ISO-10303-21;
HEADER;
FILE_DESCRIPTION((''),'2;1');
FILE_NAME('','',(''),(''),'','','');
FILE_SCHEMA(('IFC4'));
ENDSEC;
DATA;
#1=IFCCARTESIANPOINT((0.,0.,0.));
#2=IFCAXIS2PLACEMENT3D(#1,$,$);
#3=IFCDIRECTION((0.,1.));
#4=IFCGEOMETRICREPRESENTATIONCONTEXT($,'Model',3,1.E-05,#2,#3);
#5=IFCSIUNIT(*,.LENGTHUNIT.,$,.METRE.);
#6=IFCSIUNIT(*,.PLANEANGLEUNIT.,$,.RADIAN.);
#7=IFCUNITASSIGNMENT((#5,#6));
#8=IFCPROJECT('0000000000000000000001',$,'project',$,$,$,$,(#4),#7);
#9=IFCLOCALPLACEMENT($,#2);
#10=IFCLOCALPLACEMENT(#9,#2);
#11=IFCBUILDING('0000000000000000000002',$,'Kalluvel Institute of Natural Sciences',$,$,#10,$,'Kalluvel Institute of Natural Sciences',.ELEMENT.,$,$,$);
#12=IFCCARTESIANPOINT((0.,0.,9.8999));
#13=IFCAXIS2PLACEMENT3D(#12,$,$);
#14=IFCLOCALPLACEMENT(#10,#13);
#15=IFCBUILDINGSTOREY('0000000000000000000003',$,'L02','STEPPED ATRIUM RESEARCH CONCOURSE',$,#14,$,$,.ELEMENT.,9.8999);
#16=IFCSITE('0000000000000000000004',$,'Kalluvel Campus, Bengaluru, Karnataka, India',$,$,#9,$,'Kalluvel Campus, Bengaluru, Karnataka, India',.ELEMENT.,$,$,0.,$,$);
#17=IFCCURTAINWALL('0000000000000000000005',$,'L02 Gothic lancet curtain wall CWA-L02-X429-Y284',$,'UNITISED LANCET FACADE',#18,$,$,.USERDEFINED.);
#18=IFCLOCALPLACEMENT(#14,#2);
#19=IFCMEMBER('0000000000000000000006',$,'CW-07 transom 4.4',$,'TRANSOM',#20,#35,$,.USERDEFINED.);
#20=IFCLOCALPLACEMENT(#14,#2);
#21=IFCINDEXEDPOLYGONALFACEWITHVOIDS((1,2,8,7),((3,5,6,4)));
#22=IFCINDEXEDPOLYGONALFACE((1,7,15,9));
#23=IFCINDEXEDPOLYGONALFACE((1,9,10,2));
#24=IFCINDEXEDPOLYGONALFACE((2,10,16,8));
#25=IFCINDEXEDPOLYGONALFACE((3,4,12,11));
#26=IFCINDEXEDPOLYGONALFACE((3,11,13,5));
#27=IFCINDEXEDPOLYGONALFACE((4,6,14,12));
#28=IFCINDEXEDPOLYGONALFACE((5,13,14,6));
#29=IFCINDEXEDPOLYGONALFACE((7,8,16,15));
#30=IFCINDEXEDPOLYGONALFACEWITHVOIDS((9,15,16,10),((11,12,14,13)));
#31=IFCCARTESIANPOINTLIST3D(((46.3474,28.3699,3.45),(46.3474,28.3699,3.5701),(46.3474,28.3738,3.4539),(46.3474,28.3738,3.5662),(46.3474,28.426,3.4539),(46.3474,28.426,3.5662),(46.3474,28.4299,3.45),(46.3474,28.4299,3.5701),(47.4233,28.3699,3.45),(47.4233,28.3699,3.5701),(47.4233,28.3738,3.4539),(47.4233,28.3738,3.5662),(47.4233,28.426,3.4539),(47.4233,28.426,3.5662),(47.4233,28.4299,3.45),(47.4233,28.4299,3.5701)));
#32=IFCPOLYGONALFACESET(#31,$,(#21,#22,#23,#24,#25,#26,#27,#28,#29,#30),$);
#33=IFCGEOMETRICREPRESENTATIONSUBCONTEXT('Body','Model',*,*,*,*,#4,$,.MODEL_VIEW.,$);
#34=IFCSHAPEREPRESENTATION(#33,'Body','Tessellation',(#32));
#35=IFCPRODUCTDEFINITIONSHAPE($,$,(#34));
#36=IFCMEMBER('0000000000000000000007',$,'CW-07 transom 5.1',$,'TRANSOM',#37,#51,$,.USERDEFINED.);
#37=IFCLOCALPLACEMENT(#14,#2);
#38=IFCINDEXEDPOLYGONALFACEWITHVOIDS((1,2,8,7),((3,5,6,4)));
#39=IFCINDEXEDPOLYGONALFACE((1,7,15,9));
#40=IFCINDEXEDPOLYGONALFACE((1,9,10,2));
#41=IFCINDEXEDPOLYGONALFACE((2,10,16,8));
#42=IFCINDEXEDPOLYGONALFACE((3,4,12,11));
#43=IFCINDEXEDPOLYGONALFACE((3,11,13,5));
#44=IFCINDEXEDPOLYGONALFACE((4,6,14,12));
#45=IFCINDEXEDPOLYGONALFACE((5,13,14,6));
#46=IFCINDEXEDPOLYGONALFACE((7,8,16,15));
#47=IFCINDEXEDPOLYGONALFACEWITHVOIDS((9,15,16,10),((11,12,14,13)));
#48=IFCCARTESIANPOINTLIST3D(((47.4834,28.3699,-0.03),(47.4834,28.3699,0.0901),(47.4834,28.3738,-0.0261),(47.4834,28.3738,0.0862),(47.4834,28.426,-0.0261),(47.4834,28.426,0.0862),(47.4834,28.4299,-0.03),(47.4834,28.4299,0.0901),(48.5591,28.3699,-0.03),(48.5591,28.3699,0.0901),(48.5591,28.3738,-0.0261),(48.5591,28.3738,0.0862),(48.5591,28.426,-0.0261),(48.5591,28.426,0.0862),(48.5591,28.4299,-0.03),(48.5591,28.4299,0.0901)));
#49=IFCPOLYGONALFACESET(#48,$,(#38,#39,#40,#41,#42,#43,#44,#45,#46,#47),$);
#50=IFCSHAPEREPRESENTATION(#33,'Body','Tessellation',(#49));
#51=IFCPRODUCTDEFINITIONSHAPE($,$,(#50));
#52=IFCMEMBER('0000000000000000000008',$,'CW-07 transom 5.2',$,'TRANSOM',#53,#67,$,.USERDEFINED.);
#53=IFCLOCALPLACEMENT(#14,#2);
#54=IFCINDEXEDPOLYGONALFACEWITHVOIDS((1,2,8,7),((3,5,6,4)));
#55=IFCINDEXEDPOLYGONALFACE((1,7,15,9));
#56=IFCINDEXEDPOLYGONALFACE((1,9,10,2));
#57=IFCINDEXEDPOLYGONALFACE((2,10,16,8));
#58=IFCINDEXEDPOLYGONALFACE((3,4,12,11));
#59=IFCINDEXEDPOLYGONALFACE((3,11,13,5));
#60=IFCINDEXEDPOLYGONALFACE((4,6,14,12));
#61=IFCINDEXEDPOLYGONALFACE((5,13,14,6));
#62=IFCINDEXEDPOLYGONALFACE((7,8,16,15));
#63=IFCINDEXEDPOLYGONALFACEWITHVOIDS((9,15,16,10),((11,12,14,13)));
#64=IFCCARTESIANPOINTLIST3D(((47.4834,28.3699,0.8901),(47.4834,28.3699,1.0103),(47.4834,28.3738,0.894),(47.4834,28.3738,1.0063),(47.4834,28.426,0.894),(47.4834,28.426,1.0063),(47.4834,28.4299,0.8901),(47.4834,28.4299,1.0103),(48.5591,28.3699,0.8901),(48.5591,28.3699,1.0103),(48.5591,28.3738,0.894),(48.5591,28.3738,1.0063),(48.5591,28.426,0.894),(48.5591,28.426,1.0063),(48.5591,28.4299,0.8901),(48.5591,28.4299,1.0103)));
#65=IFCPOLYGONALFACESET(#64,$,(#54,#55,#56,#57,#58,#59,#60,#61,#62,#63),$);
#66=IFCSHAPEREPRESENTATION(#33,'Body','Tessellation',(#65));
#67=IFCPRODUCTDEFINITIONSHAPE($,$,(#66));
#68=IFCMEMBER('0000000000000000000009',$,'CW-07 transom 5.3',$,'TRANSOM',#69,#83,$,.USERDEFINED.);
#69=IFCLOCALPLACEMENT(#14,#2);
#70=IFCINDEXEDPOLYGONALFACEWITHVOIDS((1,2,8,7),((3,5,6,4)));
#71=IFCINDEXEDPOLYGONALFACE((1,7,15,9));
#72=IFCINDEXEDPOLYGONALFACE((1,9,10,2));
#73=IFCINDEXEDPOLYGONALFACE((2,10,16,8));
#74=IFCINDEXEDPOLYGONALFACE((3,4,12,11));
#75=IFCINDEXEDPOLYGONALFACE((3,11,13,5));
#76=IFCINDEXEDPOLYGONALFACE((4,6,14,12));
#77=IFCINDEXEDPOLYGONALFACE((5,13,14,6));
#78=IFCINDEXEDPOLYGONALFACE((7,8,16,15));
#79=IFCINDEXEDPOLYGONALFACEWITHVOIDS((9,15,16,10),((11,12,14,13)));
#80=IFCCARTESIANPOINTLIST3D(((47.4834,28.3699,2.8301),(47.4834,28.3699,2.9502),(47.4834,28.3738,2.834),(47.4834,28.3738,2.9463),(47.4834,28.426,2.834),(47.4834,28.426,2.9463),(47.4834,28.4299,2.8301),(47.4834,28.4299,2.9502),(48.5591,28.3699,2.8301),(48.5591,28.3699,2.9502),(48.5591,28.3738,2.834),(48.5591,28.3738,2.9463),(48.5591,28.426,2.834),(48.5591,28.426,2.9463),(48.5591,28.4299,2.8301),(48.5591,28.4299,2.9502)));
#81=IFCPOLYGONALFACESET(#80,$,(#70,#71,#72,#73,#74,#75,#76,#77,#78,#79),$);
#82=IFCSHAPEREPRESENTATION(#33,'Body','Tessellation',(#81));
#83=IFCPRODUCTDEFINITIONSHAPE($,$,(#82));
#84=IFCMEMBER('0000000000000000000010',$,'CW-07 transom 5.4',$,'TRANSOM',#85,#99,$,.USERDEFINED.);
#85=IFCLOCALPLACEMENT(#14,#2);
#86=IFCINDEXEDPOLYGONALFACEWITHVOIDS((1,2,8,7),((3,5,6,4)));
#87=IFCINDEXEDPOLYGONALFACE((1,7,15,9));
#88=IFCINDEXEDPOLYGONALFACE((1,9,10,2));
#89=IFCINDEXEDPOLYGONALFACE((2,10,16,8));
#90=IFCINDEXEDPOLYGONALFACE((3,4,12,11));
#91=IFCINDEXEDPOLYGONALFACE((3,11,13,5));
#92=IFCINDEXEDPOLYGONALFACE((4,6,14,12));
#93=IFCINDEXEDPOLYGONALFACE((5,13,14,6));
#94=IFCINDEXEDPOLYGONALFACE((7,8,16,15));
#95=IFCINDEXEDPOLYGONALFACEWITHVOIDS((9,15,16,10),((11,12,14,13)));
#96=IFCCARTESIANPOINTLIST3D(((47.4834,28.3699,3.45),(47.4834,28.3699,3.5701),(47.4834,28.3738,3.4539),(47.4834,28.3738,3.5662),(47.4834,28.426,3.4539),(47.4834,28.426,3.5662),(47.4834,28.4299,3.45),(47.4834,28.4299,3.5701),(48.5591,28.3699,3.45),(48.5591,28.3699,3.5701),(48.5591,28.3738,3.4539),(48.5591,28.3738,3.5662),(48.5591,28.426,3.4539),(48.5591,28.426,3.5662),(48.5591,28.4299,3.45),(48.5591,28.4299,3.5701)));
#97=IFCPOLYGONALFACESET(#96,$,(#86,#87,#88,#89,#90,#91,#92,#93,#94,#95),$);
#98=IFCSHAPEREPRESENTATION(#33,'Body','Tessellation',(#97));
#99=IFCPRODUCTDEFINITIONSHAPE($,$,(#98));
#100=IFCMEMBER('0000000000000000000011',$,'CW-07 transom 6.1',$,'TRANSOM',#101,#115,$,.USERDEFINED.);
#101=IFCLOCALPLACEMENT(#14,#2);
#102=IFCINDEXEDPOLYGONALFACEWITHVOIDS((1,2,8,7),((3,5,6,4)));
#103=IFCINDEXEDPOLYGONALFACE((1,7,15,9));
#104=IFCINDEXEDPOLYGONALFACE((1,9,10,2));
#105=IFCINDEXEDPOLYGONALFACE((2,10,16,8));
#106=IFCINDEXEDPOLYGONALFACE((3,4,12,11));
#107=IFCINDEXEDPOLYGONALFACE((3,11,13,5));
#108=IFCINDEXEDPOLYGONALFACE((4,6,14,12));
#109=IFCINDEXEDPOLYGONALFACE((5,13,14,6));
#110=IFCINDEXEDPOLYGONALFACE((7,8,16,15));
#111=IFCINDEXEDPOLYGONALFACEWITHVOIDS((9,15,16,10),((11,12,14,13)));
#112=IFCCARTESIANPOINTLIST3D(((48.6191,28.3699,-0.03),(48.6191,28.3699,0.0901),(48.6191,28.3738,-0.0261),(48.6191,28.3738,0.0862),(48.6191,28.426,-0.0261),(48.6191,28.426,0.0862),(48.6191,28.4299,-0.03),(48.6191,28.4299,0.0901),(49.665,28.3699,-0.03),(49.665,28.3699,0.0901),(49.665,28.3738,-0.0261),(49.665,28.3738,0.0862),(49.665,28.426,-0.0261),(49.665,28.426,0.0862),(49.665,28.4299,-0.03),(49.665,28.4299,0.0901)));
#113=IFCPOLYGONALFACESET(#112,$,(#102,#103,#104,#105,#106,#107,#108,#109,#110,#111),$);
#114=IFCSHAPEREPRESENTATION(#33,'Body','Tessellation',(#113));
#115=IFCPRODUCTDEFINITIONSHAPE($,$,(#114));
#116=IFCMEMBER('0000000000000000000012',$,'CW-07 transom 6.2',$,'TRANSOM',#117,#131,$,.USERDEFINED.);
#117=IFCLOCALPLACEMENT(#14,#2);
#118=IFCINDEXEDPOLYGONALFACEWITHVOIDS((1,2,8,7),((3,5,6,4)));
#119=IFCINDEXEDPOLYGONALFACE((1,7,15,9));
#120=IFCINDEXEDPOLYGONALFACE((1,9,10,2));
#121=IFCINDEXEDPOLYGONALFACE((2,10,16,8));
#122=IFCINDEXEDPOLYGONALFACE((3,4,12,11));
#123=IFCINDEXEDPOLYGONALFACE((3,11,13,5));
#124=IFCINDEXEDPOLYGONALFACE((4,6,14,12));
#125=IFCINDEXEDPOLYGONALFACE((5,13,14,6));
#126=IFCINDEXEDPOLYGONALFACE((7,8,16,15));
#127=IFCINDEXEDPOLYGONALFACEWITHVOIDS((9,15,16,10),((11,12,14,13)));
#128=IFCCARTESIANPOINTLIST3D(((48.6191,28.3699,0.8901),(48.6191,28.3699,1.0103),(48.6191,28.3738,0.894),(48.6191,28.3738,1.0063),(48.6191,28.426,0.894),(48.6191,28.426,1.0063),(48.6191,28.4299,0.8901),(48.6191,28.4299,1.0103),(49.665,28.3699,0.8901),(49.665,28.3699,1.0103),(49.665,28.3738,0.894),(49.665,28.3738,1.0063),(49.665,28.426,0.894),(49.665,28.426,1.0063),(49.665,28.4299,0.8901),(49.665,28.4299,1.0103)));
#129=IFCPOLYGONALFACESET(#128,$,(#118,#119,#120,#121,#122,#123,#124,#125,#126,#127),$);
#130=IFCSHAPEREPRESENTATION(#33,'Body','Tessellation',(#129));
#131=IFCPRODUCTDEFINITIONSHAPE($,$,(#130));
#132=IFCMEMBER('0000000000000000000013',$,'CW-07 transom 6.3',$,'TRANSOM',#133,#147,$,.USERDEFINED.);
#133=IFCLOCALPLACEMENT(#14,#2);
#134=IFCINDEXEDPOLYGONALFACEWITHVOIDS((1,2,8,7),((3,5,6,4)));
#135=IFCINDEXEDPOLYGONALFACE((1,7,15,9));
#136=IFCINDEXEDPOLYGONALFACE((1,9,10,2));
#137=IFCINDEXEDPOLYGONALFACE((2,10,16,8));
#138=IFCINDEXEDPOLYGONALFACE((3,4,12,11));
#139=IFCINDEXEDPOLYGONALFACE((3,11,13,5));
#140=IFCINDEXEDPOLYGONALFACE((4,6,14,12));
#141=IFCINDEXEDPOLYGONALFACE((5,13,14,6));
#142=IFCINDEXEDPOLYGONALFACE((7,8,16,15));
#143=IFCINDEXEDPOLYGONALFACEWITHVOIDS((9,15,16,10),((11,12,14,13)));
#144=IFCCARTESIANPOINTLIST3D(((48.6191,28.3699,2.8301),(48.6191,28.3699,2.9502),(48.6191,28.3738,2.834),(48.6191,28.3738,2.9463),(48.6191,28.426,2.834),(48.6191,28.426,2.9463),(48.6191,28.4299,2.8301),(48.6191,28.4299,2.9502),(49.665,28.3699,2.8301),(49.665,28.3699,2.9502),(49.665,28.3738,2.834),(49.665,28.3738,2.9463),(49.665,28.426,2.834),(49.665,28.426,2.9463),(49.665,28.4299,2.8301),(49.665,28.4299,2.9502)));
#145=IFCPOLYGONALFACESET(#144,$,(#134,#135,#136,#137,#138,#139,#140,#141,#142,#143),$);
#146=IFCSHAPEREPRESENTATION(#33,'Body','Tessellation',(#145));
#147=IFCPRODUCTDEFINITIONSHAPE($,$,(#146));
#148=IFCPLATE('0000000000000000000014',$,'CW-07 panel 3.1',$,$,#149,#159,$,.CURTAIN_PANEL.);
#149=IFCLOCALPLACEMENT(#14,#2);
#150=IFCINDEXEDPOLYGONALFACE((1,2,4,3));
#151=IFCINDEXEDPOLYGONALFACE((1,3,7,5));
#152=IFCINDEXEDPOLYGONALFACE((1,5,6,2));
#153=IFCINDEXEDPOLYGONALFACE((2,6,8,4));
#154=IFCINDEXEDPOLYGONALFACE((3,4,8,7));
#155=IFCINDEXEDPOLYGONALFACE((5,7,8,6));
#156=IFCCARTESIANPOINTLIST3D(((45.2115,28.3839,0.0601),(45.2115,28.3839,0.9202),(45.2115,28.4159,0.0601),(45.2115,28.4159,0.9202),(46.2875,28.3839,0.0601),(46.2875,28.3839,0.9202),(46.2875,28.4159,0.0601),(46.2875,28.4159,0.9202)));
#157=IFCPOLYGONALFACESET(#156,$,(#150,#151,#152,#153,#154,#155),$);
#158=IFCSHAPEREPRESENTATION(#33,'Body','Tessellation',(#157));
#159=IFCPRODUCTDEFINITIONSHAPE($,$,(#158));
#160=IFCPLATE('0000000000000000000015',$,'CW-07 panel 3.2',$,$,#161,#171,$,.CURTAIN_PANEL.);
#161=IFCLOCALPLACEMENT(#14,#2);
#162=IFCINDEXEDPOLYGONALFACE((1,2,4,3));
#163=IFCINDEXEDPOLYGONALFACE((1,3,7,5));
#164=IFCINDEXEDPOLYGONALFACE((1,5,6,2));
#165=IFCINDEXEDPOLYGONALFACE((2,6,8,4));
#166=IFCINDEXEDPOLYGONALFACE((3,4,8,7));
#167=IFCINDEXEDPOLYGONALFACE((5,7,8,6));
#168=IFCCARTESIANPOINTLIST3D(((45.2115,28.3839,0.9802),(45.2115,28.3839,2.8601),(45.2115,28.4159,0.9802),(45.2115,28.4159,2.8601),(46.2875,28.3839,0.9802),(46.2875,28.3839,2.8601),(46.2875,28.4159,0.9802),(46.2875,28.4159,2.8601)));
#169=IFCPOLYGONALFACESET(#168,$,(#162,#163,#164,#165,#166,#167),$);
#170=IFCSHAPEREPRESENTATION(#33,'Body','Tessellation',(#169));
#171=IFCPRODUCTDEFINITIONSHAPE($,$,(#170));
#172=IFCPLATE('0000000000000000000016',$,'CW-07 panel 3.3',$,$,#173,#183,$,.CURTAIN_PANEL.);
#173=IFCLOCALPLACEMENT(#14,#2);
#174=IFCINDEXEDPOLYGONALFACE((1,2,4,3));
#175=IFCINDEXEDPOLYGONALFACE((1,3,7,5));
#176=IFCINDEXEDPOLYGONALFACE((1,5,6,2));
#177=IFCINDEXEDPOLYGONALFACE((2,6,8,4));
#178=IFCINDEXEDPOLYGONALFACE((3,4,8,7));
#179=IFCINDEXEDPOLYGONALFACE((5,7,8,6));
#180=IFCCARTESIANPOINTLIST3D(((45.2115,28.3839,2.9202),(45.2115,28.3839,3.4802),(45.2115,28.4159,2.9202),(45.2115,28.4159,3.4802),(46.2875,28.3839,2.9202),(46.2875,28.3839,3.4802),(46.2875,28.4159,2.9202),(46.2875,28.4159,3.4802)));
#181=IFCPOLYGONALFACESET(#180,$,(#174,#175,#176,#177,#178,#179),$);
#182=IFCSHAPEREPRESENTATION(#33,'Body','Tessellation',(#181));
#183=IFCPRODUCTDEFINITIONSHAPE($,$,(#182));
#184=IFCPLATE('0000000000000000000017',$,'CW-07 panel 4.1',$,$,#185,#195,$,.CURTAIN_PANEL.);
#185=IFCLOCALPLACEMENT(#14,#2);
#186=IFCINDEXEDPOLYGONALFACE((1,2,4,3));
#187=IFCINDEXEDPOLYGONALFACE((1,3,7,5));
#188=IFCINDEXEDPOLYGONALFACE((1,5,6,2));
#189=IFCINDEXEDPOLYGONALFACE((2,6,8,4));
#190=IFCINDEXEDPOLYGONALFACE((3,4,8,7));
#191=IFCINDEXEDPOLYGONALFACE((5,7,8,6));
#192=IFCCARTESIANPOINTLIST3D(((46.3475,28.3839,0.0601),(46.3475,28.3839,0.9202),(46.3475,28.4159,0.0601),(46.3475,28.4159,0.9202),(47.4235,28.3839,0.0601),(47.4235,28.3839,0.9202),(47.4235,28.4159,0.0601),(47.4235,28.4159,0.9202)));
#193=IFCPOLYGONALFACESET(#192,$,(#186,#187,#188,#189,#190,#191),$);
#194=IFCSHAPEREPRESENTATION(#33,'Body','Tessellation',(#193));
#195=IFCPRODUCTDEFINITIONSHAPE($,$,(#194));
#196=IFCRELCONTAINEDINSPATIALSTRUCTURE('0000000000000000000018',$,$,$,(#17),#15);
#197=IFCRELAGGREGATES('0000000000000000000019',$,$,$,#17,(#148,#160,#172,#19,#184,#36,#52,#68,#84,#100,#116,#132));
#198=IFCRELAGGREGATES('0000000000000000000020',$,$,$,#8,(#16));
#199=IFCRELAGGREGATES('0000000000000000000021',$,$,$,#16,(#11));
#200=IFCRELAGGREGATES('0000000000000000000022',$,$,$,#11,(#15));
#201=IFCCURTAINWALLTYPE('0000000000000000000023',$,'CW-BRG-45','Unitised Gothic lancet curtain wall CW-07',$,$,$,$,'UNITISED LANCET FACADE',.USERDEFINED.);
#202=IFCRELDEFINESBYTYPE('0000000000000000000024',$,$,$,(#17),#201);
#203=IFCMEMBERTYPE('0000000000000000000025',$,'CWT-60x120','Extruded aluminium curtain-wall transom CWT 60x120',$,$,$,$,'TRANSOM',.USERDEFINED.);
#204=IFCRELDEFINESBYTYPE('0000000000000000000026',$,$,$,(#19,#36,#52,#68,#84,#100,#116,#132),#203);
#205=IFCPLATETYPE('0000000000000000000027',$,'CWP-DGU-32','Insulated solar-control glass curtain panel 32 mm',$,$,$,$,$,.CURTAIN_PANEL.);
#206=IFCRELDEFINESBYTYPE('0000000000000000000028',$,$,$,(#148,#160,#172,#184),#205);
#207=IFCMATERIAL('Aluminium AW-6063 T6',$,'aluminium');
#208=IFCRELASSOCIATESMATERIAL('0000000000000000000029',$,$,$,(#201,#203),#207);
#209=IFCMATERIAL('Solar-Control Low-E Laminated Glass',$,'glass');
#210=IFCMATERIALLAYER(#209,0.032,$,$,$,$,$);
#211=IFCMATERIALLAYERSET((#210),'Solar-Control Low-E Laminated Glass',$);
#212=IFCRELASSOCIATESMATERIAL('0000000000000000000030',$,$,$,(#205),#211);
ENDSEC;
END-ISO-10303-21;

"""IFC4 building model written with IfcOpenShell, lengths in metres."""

from ifc_helpers import new_model, si_unit, direction, frame, origin, origin_2d, place, context, subcontext, project, spatial, rectangle, hollow_rectangle, extrude, material, layer, layer_set, material_profile, profile_set, type_object, element, aggregate, save


model = new_model("IFC4")

# Units and contexts
model_context = context("Model", 3, precision=1e-05, world=origin(), true_north=direction((0.0, 1.0)))
body_context = subcontext(model_context, "Body", "Model", "MODEL_VIEW")
ifc_project = project(units=[si_unit("LENGTHUNIT", "METRE"), si_unit("PLANEANGLEUNIT", "RADIAN")], contexts=[model_context])

# Site, building, storey
site_placement = place(None, origin())
site = spatial("IfcSite", under=ifc_project, at=site_placement, Name="Kalluvel Campus, Bengaluru, Karnataka, India", LongName="Kalluvel Campus, Bengaluru, Karnataka, India", CompositionType="ELEMENT", RefElevation=0.0)
building_placement = place(site_placement, origin())
building = spatial("IfcBuilding", under=site, at=building_placement, Name="Kalluvel Institute of Natural Sciences", LongName="Kalluvel Institute of Natural Sciences", CompositionType="ELEMENT")
storey_placement = place(building_placement, frame((0.0, 0.0, 9.8999)))
storey = spatial("IfcBuildingStorey", under=building, at=storey_placement, Name="L02", Description="STEPPED ATRIUM RESEARCH CONCOURSE", CompositionType="ELEMENT", Elevation=9.8999)

# Curtain wall, members, plates
ifc_material_1 = material(Name="Aluminium AW-6063 T6", Category="aluminium")
curtain_wall_type = type_object("IfcCurtainWallType", Name="CW-BRG-45", Description="Unitised Gothic lancet curtain wall CW-07", ElementType="UNITISED LANCET FACADE", PredefinedType="USERDEFINED", material=ifc_material_1)
curtain_wall_placement = place(storey_placement, origin())
curtain_wall = element("IfcCurtainWall", 1, at=curtain_wall_placement, inside=storey, type_object=curtain_wall_type, Name="L02 Gothic lancet curtain wall CWA-L02-X429-Y284", ObjectType="UNITISED LANCET FACADE", PredefinedType="USERDEFINED")
ifc_material_profile_1 = material_profile(ifc_material_1, hollow_rectangle(XDim=0.0601, YDim=0.1201, WallThickness=0.0039, at=origin_2d()), Name="CWT 60x120")
ifc_profile_set_1 = profile_set([ifc_material_profile_1], Name="Aluminium AW-6063 T6")
member_type_1 = type_object("IfcMemberType", Name="CWT-60x120", Description="Extruded aluminium curtain-wall transom CWT 60x120", ElementType="TRANSOM", PredefinedType="USERDEFINED", material=ifc_profile_set_1)
member_1_placement = place(storey_placement, frame((46.3474, 28.3999, 3.51), z_axis=(1.0, 0.0, 0.0), x_axis=(0.0, 1.0, 0.0)))
member_1 = element("IfcMember", 2, at=member_1_placement, type_object=member_type_1, Name="CW-07 transom 4.4", ObjectType="TRANSOM", PredefinedType="USERDEFINED", context=body_context, shape_type="SweptSolid", body=[
    extrude(hollow_rectangle(XDim=0.0601, YDim=0.1201, WallThickness=0.0039, at=origin_2d()), origin(), (0.0, 0.0, 1.0), 1.0759),
])
member_2_placement = place(storey_placement, frame((47.4834, 28.3999, 0.03), z_axis=(1.0, 0.0, 0.0), x_axis=(0.0, 1.0, 0.0)))
member_2 = element("IfcMember", 3, at=member_2_placement, type_object=member_type_1, Name="CW-07 transom 5.1", ObjectType="TRANSOM", PredefinedType="USERDEFINED", context=body_context, shape_type="SweptSolid", body=[
    extrude(hollow_rectangle(XDim=0.0601, YDim=0.1201, WallThickness=0.0039, at=origin_2d()), origin(), (0.0, 0.0, 1.0), 1.0757),
])
member_3_placement = place(storey_placement, frame((47.4834, 28.3999, 0.9502), z_axis=(1.0, 0.0, 0.0), x_axis=(0.0, 1.0, 0.0)))
member_3 = element("IfcMember", 4, at=member_3_placement, type_object=member_type_1, Name="CW-07 transom 5.2", ObjectType="TRANSOM", PredefinedType="USERDEFINED", context=body_context, shape_type="SweptSolid", body=[
    extrude(hollow_rectangle(XDim=0.0601, YDim=0.1201, WallThickness=0.0039, at=origin_2d()), origin(), (0.0, 0.0, 1.0), 1.0757),
])
member_4_placement = place(storey_placement, frame((47.4834, 28.3999, 2.8901), z_axis=(1.0, 0.0, 0.0), x_axis=(0.0, 1.0, 0.0)))
member_4 = element("IfcMember", 5, at=member_4_placement, type_object=member_type_1, Name="CW-07 transom 5.3", ObjectType="TRANSOM", PredefinedType="USERDEFINED", context=body_context, shape_type="SweptSolid", body=[
    extrude(hollow_rectangle(XDim=0.0601, YDim=0.1201, WallThickness=0.0039, at=origin_2d()), origin(), (0.0, 0.0, 1.0), 1.0757),
])
member_5_placement = place(storey_placement, frame((47.4834, 28.3999, 3.51), z_axis=(1.0, 0.0, 0.0), x_axis=(0.0, 1.0, 0.0)))
member_5 = element("IfcMember", 6, at=member_5_placement, type_object=member_type_1, Name="CW-07 transom 5.4", ObjectType="TRANSOM", PredefinedType="USERDEFINED", context=body_context, shape_type="SweptSolid", body=[
    extrude(hollow_rectangle(XDim=0.0601, YDim=0.1201, WallThickness=0.0039, at=origin_2d()), origin(), (0.0, 0.0, 1.0), 1.0757),
])
member_6_placement = place(storey_placement, frame((48.6191, 28.3999, 0.03), z_axis=(1.0, 0.0, 0.0), x_axis=(0.0, 1.0, 0.0)))
member_6 = element("IfcMember", 7, at=member_6_placement, type_object=member_type_1, Name="CW-07 transom 6.1", ObjectType="TRANSOM", PredefinedType="USERDEFINED", context=body_context, shape_type="SweptSolid", body=[
    extrude(hollow_rectangle(XDim=0.0601, YDim=0.1201, WallThickness=0.0039, at=origin_2d()), origin(), (0.0, 0.0, 1.0), 1.0459),
])
member_7_placement = place(storey_placement, frame((48.6191, 28.3999, 0.9502), z_axis=(1.0, 0.0, 0.0), x_axis=(0.0, 1.0, 0.0)))
member_7 = element("IfcMember", 8, at=member_7_placement, type_object=member_type_1, Name="CW-07 transom 6.2", ObjectType="TRANSOM", PredefinedType="USERDEFINED", context=body_context, shape_type="SweptSolid", body=[
    extrude(hollow_rectangle(XDim=0.0601, YDim=0.1201, WallThickness=0.0039, at=origin_2d()), origin(), (0.0, 0.0, 1.0), 1.0459),
])
member_8_placement = place(storey_placement, frame((48.6191, 28.3999, 2.8901), z_axis=(1.0, 0.0, 0.0), x_axis=(0.0, 1.0, 0.0)))
member_8 = element("IfcMember", 9, at=member_8_placement, type_object=member_type_1, Name="CW-07 transom 6.3", ObjectType="TRANSOM", PredefinedType="USERDEFINED", context=body_context, shape_type="SweptSolid", body=[
    extrude(hollow_rectangle(XDim=0.0601, YDim=0.1201, WallThickness=0.0039, at=origin_2d()), origin(), (0.0, 0.0, 1.0), 1.0459),
])
ifc_material_2 = material(Name="Solar-Control Low-E Laminated Glass", Category="glass")
ifc_layer = layer(ifc_material_2, 0.032)
ifc_layer_set = layer_set([ifc_layer], Name="Solar-Control Low-E Laminated Glass")
plate_type = type_object("IfcPlateType", Name="CWP-DGU-32", Description="Insulated solar-control glass curtain panel 32 mm", PredefinedType="CURTAIN_PANEL", material=ifc_layer_set)
plate_1_placement = place(storey_placement, frame((45.7495, 28.3999, 0.0601), z_axis=(0.0, 0.0, 1.0), x_axis=(1.0, 0.0, 0.0)))
plate_1 = element("IfcPlate", 10, at=plate_1_placement, type_object=plate_type, Name="CW-07 panel 3.1", PredefinedType="CURTAIN_PANEL", context=body_context, shape_type="SweptSolid", body=[
    extrude(rectangle(XDim=1.0759, YDim=0.032, at=origin_2d()), origin(), (0.0, 0.0, 1.0), 0.8601),
])
plate_2_placement = place(storey_placement, frame((45.7495, 28.3999, 0.9802), z_axis=(0.0, 0.0, 1.0), x_axis=(1.0, 0.0, 0.0)))
plate_2 = element("IfcPlate", 11, at=plate_2_placement, type_object=plate_type, Name="CW-07 panel 3.2", PredefinedType="CURTAIN_PANEL", context=body_context, shape_type="SweptSolid", body=[
    extrude(rectangle(XDim=1.0759, YDim=0.032, at=origin_2d()), origin(), (0.0, 0.0, 1.0), 1.8799),
])
plate_3_placement = place(storey_placement, frame((45.7495, 28.3999, 2.9202), z_axis=(0.0, 0.0, 1.0), x_axis=(1.0, 0.0, 0.0)))
plate_3 = element("IfcPlate", 12, at=plate_3_placement, type_object=plate_type, Name="CW-07 panel 3.3", PredefinedType="CURTAIN_PANEL", context=body_context, shape_type="SweptSolid", body=[
    extrude(rectangle(XDim=1.0759, YDim=0.032, at=origin_2d()), origin(), (0.0, 0.0, 1.0), 0.5601),
])
plate_4_placement = place(storey_placement, frame((46.8855, 28.3999, 0.0601), z_axis=(0.0, 0.0, 1.0), x_axis=(1.0, 0.0, 0.0)))
plate_4 = element("IfcPlate", 13, at=plate_4_placement, type_object=plate_type, Name="CW-07 panel 4.1", PredefinedType="CURTAIN_PANEL", context=body_context, shape_type="SweptSolid", body=[
    extrude(rectangle(XDim=1.0759, YDim=0.032, at=origin_2d()), origin(), (0.0, 0.0, 1.0), 0.8601),
])
aggregate(curtain_wall, [plate_1, plate_2, plate_3, member_1, plate_4, member_2, member_3, member_4, member_5, member_6, member_7, member_8])

save(model, "model.ifc")
